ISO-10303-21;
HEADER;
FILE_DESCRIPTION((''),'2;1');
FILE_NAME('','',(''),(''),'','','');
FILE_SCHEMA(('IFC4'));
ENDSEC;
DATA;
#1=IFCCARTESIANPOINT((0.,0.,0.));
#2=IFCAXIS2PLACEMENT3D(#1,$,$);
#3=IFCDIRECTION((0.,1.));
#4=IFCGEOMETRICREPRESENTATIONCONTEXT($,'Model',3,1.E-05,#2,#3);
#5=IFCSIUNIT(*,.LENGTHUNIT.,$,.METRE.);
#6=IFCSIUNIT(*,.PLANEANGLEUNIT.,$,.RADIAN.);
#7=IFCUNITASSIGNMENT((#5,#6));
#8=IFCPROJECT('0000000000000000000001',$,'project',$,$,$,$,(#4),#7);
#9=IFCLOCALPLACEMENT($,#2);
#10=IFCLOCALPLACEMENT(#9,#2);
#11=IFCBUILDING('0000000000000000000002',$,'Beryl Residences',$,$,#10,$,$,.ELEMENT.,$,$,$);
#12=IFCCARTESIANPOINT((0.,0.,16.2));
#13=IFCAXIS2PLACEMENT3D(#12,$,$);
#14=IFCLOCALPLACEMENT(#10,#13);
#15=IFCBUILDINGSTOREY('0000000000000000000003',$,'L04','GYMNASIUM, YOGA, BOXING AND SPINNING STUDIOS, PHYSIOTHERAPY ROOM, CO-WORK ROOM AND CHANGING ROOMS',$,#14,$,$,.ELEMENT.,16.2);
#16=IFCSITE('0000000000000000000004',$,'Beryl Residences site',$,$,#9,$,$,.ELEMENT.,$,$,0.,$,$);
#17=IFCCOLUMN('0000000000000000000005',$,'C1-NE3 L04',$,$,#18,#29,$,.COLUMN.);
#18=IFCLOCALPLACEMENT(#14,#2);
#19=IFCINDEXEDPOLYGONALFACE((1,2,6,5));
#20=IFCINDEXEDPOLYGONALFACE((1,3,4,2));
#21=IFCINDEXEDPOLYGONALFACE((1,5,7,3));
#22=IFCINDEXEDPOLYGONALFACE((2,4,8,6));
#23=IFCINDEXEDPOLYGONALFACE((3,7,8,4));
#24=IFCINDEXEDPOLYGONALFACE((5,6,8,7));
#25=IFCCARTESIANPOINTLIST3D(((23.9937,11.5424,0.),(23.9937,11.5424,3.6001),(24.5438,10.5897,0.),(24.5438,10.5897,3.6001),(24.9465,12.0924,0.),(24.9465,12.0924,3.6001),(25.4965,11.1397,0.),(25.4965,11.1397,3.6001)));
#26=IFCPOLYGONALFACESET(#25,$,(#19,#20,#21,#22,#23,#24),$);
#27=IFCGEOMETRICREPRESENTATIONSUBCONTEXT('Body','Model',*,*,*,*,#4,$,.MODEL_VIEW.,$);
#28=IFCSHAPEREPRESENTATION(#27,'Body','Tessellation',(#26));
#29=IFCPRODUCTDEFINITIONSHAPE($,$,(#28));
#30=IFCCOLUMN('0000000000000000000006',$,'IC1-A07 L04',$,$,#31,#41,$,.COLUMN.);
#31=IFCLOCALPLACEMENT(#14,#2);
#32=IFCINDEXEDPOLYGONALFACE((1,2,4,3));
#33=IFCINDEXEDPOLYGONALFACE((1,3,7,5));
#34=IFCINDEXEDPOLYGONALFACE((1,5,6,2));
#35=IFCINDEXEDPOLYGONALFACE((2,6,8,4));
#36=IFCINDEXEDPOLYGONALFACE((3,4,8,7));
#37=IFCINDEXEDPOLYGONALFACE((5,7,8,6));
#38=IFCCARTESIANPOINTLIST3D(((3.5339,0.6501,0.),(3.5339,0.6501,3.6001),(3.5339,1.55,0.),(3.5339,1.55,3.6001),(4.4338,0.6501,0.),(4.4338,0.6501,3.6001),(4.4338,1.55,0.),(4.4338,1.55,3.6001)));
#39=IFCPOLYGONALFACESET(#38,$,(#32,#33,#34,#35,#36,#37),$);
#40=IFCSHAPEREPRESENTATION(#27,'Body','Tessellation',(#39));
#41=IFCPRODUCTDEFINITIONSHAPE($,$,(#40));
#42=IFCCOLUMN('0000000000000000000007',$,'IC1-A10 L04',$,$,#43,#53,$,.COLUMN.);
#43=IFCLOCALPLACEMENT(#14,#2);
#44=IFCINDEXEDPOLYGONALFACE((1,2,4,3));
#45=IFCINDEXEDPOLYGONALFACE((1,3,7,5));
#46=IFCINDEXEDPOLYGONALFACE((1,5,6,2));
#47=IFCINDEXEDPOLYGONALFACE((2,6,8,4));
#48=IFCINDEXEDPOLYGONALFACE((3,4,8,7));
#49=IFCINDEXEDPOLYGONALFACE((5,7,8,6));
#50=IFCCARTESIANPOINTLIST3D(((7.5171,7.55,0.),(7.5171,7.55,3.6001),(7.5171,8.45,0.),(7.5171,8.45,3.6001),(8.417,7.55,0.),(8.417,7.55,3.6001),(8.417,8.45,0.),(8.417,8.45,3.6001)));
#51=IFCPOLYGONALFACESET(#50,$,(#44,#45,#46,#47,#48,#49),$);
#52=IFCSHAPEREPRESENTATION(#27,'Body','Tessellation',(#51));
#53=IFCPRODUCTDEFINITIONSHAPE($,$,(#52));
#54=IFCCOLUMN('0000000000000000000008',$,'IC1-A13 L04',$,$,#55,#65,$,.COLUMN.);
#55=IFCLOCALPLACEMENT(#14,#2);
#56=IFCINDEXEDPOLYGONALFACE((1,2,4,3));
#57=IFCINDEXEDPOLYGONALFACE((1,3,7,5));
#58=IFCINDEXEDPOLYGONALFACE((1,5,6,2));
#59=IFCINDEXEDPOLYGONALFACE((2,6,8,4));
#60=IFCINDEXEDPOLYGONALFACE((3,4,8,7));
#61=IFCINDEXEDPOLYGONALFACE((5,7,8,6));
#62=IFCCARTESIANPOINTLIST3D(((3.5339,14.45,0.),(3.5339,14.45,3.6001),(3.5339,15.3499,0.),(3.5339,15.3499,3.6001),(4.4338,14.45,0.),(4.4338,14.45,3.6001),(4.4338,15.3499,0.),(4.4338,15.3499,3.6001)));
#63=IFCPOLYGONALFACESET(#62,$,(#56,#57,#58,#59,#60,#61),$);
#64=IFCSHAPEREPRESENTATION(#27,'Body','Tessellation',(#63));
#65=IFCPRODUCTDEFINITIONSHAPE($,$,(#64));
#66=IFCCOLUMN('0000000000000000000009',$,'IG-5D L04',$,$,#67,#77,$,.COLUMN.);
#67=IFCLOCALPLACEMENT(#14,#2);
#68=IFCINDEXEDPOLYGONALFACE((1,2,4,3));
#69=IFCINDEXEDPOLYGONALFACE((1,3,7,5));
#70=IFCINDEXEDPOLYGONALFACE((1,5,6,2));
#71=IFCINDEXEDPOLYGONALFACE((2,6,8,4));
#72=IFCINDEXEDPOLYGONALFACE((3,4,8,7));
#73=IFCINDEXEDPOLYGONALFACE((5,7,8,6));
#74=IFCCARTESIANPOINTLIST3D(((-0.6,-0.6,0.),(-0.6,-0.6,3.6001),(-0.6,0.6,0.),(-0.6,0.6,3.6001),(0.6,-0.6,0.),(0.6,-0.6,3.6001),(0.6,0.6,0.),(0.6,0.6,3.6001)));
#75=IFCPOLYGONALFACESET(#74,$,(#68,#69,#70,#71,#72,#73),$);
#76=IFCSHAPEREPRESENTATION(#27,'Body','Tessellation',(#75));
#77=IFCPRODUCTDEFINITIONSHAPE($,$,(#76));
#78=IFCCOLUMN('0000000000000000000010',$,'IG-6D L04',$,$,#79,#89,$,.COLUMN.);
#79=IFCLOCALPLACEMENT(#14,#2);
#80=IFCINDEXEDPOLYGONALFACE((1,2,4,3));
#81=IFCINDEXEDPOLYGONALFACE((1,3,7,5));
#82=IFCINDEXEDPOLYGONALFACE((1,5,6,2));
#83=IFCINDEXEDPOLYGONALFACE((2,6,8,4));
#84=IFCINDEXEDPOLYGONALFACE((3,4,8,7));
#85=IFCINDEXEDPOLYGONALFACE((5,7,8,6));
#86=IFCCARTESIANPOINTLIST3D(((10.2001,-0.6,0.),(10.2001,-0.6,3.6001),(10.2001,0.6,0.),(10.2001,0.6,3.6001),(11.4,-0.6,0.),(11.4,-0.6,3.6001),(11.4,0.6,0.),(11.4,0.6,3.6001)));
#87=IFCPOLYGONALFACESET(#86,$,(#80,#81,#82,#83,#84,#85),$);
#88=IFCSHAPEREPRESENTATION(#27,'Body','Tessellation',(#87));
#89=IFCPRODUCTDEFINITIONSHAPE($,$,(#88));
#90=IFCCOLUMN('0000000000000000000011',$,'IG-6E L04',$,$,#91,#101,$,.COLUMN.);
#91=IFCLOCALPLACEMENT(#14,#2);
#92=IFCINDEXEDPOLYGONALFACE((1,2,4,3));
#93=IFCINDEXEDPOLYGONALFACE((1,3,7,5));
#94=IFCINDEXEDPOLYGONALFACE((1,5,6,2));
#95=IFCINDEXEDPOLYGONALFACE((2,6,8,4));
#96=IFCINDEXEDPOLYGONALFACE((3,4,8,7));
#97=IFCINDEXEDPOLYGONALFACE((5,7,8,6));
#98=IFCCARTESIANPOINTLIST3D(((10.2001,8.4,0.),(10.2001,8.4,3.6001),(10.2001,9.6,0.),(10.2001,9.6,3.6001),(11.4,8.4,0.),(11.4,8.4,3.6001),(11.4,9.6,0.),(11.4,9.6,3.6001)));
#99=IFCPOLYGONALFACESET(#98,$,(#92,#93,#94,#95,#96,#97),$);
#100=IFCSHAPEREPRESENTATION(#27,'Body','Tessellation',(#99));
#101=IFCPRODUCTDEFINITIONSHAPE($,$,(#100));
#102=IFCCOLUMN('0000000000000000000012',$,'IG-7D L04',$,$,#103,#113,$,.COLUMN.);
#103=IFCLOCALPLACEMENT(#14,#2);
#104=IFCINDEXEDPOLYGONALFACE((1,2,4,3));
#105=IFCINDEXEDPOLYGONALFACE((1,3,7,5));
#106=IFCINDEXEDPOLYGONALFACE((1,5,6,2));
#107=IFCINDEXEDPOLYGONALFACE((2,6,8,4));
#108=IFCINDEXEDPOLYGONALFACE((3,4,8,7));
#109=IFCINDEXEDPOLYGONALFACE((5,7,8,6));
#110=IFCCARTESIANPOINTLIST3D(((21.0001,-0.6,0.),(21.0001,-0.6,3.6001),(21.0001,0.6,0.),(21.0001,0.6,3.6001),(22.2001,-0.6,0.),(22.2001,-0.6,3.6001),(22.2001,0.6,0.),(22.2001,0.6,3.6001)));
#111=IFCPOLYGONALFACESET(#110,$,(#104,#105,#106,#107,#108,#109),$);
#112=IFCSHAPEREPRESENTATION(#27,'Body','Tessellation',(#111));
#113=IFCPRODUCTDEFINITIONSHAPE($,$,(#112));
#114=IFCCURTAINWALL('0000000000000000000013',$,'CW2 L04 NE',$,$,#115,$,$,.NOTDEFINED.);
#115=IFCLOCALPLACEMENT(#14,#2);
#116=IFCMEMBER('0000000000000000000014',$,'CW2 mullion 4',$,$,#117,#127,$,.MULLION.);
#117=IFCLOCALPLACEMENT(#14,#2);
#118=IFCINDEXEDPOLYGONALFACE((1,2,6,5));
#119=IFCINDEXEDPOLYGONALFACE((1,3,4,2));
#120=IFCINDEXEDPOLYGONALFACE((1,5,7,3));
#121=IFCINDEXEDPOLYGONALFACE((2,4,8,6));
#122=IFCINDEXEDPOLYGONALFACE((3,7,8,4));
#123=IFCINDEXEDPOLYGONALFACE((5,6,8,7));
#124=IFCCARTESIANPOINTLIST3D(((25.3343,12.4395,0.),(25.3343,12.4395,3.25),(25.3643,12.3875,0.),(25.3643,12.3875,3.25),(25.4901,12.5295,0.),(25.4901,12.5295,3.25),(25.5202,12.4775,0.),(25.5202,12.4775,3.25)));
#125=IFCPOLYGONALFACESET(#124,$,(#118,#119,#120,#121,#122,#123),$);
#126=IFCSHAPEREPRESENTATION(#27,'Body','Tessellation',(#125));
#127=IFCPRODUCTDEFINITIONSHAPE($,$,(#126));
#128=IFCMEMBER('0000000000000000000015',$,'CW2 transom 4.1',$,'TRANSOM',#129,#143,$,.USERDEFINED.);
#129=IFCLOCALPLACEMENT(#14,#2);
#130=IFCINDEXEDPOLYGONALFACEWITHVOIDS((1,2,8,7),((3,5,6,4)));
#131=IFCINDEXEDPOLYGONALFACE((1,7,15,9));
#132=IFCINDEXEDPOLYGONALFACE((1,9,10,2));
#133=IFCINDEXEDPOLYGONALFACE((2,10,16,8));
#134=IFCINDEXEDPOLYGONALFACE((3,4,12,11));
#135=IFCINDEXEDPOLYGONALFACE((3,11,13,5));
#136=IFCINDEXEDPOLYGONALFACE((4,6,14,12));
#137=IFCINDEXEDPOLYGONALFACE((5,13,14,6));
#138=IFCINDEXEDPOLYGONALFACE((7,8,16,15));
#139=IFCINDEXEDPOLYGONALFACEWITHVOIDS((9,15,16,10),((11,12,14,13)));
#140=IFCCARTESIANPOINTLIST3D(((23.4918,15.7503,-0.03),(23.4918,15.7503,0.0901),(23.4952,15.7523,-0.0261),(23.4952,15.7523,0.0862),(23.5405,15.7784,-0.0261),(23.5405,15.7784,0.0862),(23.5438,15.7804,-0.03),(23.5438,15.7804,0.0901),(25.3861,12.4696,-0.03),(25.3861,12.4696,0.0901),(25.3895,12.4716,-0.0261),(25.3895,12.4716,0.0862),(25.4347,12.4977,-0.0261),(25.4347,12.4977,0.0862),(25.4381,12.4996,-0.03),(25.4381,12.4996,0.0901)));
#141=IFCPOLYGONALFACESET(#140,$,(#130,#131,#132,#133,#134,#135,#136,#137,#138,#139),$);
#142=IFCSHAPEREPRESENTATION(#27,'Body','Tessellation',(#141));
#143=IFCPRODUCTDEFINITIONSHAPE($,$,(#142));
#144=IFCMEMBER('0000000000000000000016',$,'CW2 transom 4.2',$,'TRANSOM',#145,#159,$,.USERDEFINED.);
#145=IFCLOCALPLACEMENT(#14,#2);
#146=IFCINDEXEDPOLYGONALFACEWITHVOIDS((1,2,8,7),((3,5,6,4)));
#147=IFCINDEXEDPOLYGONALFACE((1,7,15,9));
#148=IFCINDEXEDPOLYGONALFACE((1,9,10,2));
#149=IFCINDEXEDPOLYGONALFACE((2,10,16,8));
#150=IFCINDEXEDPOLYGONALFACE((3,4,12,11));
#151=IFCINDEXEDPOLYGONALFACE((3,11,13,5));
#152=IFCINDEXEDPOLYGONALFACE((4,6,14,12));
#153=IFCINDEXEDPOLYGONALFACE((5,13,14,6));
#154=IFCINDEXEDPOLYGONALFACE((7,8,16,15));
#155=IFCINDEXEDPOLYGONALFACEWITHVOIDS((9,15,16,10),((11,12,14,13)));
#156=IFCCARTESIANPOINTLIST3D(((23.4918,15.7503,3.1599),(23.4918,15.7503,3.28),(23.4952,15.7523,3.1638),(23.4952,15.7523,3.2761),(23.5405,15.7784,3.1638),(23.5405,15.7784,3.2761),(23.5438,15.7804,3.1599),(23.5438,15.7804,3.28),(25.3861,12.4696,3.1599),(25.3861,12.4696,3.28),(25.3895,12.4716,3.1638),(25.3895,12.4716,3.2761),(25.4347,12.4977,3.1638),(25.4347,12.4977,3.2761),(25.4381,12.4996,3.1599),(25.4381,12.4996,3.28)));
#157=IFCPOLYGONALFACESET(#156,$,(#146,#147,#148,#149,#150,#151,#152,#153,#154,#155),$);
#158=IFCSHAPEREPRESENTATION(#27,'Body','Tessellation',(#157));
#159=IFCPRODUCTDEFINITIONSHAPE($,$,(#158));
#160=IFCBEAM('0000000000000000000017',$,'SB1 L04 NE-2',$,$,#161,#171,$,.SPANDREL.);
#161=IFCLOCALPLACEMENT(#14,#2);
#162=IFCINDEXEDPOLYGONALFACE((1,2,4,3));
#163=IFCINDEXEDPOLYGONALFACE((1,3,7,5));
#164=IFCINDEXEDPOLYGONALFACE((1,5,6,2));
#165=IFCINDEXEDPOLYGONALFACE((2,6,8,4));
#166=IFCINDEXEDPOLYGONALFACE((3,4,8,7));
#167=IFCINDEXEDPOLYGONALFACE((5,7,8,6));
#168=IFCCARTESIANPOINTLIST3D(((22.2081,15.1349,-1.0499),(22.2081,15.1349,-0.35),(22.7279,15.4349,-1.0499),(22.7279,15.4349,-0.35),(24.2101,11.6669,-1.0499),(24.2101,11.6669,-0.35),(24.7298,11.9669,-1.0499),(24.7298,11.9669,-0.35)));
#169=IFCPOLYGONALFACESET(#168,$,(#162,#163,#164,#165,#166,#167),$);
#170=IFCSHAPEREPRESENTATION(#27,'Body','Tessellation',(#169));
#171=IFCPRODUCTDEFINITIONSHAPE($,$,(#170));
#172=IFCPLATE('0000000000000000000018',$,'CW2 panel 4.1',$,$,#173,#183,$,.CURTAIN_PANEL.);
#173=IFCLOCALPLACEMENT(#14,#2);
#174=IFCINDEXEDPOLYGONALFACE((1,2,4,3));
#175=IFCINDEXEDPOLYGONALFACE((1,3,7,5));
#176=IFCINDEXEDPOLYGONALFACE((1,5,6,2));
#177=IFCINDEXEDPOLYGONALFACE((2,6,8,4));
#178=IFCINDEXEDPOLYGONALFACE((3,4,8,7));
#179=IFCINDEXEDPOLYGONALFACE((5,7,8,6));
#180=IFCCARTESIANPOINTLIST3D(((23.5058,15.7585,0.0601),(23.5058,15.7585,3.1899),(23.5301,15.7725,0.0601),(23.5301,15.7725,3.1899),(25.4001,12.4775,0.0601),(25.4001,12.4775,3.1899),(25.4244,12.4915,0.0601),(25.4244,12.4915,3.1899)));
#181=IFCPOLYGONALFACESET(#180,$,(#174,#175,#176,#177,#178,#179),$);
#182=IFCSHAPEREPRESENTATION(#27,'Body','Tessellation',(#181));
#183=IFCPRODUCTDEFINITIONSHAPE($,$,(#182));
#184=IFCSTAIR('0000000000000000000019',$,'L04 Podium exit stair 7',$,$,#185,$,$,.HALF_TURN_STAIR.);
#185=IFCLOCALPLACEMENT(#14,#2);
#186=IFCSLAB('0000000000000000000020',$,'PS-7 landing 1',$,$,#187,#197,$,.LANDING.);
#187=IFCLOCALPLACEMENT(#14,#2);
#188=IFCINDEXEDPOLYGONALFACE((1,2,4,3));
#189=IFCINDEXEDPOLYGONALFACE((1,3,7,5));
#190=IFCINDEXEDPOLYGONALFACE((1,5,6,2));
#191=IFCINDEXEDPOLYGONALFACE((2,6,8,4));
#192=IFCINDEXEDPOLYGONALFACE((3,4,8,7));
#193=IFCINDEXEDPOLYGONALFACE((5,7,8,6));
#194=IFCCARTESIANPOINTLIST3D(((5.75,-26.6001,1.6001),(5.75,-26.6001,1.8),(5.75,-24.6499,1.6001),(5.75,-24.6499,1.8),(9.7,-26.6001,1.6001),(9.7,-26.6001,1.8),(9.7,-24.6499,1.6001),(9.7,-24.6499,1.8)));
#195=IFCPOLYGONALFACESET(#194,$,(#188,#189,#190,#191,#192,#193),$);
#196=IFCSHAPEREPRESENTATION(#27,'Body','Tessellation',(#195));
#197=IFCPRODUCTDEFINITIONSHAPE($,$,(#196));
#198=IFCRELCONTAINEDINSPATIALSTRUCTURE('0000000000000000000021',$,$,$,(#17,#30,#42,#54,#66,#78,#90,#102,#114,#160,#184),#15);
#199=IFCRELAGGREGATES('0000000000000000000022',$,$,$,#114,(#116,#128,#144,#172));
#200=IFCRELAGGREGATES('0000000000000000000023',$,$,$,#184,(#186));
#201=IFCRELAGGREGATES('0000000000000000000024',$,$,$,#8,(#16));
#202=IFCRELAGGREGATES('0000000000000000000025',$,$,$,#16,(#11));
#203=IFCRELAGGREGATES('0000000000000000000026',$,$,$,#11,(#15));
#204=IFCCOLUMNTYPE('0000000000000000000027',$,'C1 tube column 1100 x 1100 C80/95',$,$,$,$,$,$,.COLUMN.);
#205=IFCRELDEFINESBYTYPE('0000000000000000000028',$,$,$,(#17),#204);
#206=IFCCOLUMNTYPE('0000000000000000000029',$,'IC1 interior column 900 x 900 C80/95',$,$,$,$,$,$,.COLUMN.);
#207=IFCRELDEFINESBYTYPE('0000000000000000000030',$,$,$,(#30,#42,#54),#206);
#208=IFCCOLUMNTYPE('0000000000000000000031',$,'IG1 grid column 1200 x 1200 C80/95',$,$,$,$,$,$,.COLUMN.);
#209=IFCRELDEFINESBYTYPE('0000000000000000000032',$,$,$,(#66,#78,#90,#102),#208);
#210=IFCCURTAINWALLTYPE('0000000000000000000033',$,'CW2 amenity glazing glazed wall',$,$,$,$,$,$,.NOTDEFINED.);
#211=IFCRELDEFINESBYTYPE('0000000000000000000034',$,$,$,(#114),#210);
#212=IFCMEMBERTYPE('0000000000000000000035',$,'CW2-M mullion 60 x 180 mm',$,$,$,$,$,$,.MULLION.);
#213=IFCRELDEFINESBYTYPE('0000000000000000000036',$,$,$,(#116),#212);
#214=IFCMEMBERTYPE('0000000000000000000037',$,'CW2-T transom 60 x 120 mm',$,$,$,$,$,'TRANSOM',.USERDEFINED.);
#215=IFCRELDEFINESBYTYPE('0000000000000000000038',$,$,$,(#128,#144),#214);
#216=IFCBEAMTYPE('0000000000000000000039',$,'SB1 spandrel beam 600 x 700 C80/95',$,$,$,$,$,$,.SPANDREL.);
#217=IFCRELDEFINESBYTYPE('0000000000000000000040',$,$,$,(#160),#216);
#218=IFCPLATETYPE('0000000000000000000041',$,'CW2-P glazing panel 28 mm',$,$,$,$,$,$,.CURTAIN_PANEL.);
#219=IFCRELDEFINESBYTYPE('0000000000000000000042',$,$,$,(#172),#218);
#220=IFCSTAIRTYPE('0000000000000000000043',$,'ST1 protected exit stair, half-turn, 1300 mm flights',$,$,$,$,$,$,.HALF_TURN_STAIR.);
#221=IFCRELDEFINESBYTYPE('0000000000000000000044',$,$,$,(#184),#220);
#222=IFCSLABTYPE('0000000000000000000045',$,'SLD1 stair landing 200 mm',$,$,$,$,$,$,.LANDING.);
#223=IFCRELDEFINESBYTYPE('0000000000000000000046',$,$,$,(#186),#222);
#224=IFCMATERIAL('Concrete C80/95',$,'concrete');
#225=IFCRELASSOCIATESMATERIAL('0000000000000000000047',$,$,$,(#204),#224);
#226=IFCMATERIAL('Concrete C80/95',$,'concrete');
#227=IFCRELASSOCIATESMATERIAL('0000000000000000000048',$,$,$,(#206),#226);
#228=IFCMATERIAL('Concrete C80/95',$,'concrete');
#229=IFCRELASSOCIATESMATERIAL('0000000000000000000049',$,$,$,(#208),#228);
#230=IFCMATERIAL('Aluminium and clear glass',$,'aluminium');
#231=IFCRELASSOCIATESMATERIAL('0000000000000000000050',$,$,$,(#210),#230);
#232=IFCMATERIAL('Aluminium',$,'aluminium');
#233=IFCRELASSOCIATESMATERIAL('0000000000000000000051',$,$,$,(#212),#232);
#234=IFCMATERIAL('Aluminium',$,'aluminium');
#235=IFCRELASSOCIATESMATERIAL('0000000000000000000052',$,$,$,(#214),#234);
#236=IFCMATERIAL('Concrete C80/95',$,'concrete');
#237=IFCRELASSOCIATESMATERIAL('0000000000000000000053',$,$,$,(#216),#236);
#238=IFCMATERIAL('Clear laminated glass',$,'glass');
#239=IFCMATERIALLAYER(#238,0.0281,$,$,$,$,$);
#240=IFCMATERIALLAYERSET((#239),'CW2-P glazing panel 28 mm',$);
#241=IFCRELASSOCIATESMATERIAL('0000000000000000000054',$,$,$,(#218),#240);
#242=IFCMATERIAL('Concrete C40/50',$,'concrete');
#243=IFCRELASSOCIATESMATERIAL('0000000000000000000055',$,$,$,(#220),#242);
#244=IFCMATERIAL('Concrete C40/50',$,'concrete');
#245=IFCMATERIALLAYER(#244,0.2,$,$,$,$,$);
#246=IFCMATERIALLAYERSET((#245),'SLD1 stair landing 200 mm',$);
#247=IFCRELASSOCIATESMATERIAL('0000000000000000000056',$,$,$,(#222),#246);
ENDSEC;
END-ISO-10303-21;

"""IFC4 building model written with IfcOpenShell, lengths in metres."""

from ifc_helpers import new_model, si_unit, direction, frame, origin, origin_2d, place, context, subcontext, project, spatial, polyline, rectangle, hollow_rectangle, outline, extrude, material, layer, layer_set, material_profile, profile_set, type_object, element, aggregate, save


model = new_model("IFC4")

# Units and contexts
model_context = context("Model", 3, precision=1e-05, world=origin(), true_north=direction((0.0, 1.0)))
body_context = subcontext(model_context, "Body", "Model", "MODEL_VIEW")
ifc_project = project(units=[si_unit("LENGTHUNIT", "METRE"), si_unit("PLANEANGLEUNIT", "RADIAN")], contexts=[model_context])

# Site, building, storey
site_placement = place(None, origin())
site = spatial("IfcSite", under=ifc_project, at=site_placement, Name="Beryl Residences site", CompositionType="ELEMENT", RefElevation=0.0)
building_placement = place(site_placement, origin())
building = spatial("IfcBuilding", under=site, at=building_placement, Name="Beryl Residences", CompositionType="ELEMENT")
storey_placement = place(building_placement, frame((0.0, 0.0, 16.2)))
storey = spatial("IfcBuildingStorey", under=building, at=storey_placement, Name="L04", Description="GYMNASIUM, YOGA, BOXING AND SPINNING STUDIOS, PHYSIOTHERAPY ROOM, CO-WORK ROOM AND CHANGING ROOMS", CompositionType="ELEMENT", Elevation=16.2)

# Columns
ifc_material_1 = material(Name="Concrete C80/95", Category="concrete")
ifc_material_profile_1 = material_profile(ifc_material_1, rectangle(XDim=1.1001, YDim=1.1001, at=origin_2d()))
ifc_profile_set_1 = profile_set([ifc_material_profile_1], Name="Concrete C80/95")
column_type_1 = type_object("IfcColumnType", Name="C1 tube column 1100 x 1100 C80/95", PredefinedType="COLUMN", material=ifc_profile_set_1)
column_placement = place(storey_placement, frame((24.7451, 11.3411, 0.0), z_axis=(0.0, 0.0, 1.0), x_axis=(-0.499985, 0.866034, 0.0)))
element("IfcColumn", 1, at=column_placement, inside=storey, type_object=column_type_1, Name="C1-NE3 L04", PredefinedType="COLUMN", context=body_context, shape_type="SweptSolid", body=[
    extrude(rectangle(XDim=1.1001, YDim=1.1001, at=origin_2d()), origin(), (0.0, 0.0, 1.0), 3.6001),
])
ifc_material_2 = material(Name="Concrete C80/95", Category="concrete")
ifc_material_profile_2 = material_profile(ifc_material_2, rectangle(XDim=0.8999, YDim=0.8999, at=origin_2d()))
ifc_profile_set_2 = profile_set([ifc_material_profile_2], Name="Concrete C80/95")
column_type_2 = type_object("IfcColumnType", Name="IC1 interior column 900 x 900 C80/95", PredefinedType="COLUMN", material=ifc_profile_set_2)
for number, where, z_axis, x_axis, name in (
    (2, (3.9839, 1.1001, 0.0), (0.0, 0.0, 1.0), (1.0, 0.0, 0.0), "IC1-A07 L04"),
    (3, (7.967, 8.0, 0.0), (0.0, 0.0, 1.0), (1.0, 0.0, 0.0), "IC1-A10 L04"),
    (4, (3.9839, 14.8999, 0.0), (0.0, 0.0, 1.0), (1.0, 0.0, 0.0), "IC1-A13 L04"),
):
    element("IfcColumn", number, at=place(storey_placement, frame(where, z_axis=z_axis, x_axis=x_axis)), inside=storey, type_object=column_type_2, Name=name, PredefinedType="COLUMN", context=body_context, shape_type="SweptSolid", body=[
        extrude(rectangle(XDim=0.8999, YDim=0.8999, at=origin_2d()), origin(), (0.0, 0.0, 1.0), 3.6001),
    ])
ifc_material_3 = material(Name="Concrete C80/95", Category="concrete")
ifc_material_profile_3 = material_profile(ifc_material_3, rectangle(XDim=1.2, YDim=1.2, at=origin_2d()))
ifc_profile_set_3 = profile_set([ifc_material_profile_3], Name="Concrete C80/95")
column_type_3 = type_object("IfcColumnType", Name="IG1 grid column 1200 x 1200 C80/95", PredefinedType="COLUMN", material=ifc_profile_set_3)
for number, where, z_axis, x_axis, name in (
    (5, (0.0, 0.0, 0.0), (0.0, 0.0, 1.0), (1.0, 0.0, 0.0), "IG-5D L04"),
    (6, (10.8, 0.0, 0.0), (0.0, 0.0, 1.0), (1.0, 0.0, 0.0), "IG-6D L04"),
    (7, (10.8, 9.0, 0.0), (0.0, 0.0, 1.0), (1.0, 0.0, 0.0), "IG-6E L04"),
    (8, (21.6001, 0.0, 0.0), (0.0, 0.0, 1.0), (1.0, 0.0, 0.0), "IG-7D L04"),
):
    element("IfcColumn", number, at=place(storey_placement, frame(where, z_axis=z_axis, x_axis=x_axis)), inside=storey, type_object=column_type_3, Name=name, PredefinedType="COLUMN", context=body_context, shape_type="SweptSolid", body=[
        extrude(rectangle(XDim=1.2, YDim=1.2, at=origin_2d()), origin(), (0.0, 0.0, 1.0), 3.6001),
    ])

# Curtain wall, members
ifc_material_4 = material(Name="Aluminium and clear glass", Category="aluminium")
curtain_wall_type = type_object("IfcCurtainWallType", Name="CW2 amenity glazing glazed wall", PredefinedType="NOTDEFINED", material=ifc_material_4)
curtain_wall_placement = place(storey_placement, origin())
curtain_wall = element("IfcCurtainWall", 9, at=curtain_wall_placement, inside=storey, type_object=curtain_wall_type, Name="CW2 L04 NE", PredefinedType="NOTDEFINED")
ifc_material_5 = material(Name="Aluminium", Category="aluminium")
ifc_material_profile_4 = material_profile(ifc_material_5, rectangle(XDim=0.0601, YDim=0.1799, at=origin_2d()))
ifc_profile_set_4 = profile_set([ifc_material_profile_4], Name="Aluminium")
member_type_1 = type_object("IfcMemberType", Name="CW2-M mullion 60 x 180 mm", PredefinedType="MULLION", material=ifc_profile_set_4)
member_1_placement = place(storey_placement, frame((25.4272, 12.4585, 0.0), z_axis=(0.0, 0.0, 1.0), x_axis=(-0.500012, 0.866019, 0.0)))
member_1 = element("IfcMember", 10, at=member_1_placement, type_object=member_type_1, Name="CW2 mullion 4", PredefinedType="MULLION", context=body_context, shape_type="SweptSolid", body=[
    extrude(rectangle(XDim=0.0601, YDim=0.1799, at=origin_2d()), origin(), (0.0, 0.0, 1.0), 3.25),
])
ifc_material_6 = material(Name="Aluminium", Category="aluminium")
ifc_material_profile_5 = material_profile(ifc_material_6, hollow_rectangle(XDim=0.0601, YDim=0.1201, WallThickness=0.0039, at=origin_2d()))
ifc_profile_set_5 = profile_set([ifc_material_profile_5], Name="Aluminium")
member_type_2 = type_object("IfcMemberType", Name="CW2-T transom 60 x 120 mm", ElementType="TRANSOM", PredefinedType="USERDEFINED", material=ifc_profile_set_5)
member_2_placement = place(storey_placement, frame((25.4121, 12.4846, 0.03), z_axis=(-0.500027, 0.86601, 0.0), x_axis=(-0.86601, -0.500027, 0.0)))
member_2 = element("IfcMember", 11, at=member_2_placement, type_object=member_type_2, Name="CW2 transom 4.1", ObjectType="TRANSOM", PredefinedType="USERDEFINED", context=body_context, shape_type="SweptSolid", body=[
    extrude(hollow_rectangle(XDim=0.0601, YDim=0.1201, WallThickness=0.0039, at=origin_2d()), origin(), (0.0, 0.0, 1.0), 3.7883),
])
member_3_placement = place(storey_placement, frame((25.4121, 12.4846, 3.22), z_axis=(-0.500027, 0.86601, 0.0), x_axis=(-0.86601, -0.500027, 0.0)))
member_3 = element("IfcMember", 12, at=member_3_placement, type_object=member_type_2, Name="CW2 transom 4.2", ObjectType="TRANSOM", PredefinedType="USERDEFINED", context=body_context, shape_type="SweptSolid", body=[
    extrude(hollow_rectangle(XDim=0.0601, YDim=0.1201, WallThickness=0.0039, at=origin_2d()), origin(), (0.0, 0.0, 1.0), 3.7883),
])

# Beam
ifc_material_7 = material(Name="Concrete C80/95", Category="concrete")
ifc_material_profile_6 = material_profile(ifc_material_7, rectangle(XDim=0.6001, YDim=0.7, at=origin_2d()))
ifc_profile_set_6 = profile_set([ifc_material_profile_6], Name="Concrete C80/95")
beam_type = type_object("IfcBeamType", Name="SB1 spandrel beam 600 x 700 C80/95", PredefinedType="SPANDREL", material=ifc_profile_set_6)
beam_placement = place(storey_placement, frame((24.47, 11.8169, -0.7), z_axis=(-0.499942, 0.866059, 0.0), x_axis=(-0.866059, -0.499942, 0.0)))
element("IfcBeam", 13, at=beam_placement, inside=storey, type_object=beam_type, Name="SB1 L04 NE-2", PredefinedType="SPANDREL", context=body_context, shape_type="SweptSolid", body=[
    extrude(rectangle(XDim=0.6001, YDim=0.7, at=origin_2d()), origin(), (0.0, 0.0, 1.0), 4.0044),
])

# Plate
ifc_material_8 = material(Name="Clear laminated glass", Category="glass")
ifc_layer_1 = layer(ifc_material_8, 0.0281)
ifc_layer_set_1 = layer_set([ifc_layer_1], Name="CW2-P glazing panel 28 mm")
plate_type = type_object("IfcPlateType", Name="CW2-P glazing panel 28 mm", PredefinedType="CURTAIN_PANEL", material=ifc_layer_set_1)
plate_placement = place(storey_placement, frame((24.4651, 14.125, 0.0601), z_axis=(0.0, 0.0, 1.0), x_axis=(-0.500012, 0.866019, 0.0)))
plate = element("IfcPlate", 14, at=plate_placement, type_object=plate_type, Name="CW2 panel 4.1", PredefinedType="CURTAIN_PANEL", context=body_context, shape_type="SweptSolid", body=[
    extrude(rectangle(XDim=3.7886, YDim=0.0281, at=origin_2d()), origin(), (0.0, 0.0, 1.0), 3.1299),
])
aggregate(curtain_wall, [member_1, member_2, member_3, plate])

# Stair, slab
ifc_material_9 = material(Name="Concrete C40/50", Category="concrete")
stair_type = type_object("IfcStairType", Name="ST1 protected exit stair, half-turn, 1300 mm flights", PredefinedType="HALF_TURN_STAIR", material=ifc_material_9)
stair_1_placement = place(storey_placement, origin())
stair_1 = element("IfcStair", 15, at=stair_1_placement, inside=storey, type_object=stair_type, Name="L04 Podium exit stair 7", PredefinedType="HALF_TURN_STAIR")
ifc_material_10 = material(Name="Concrete C40/50", Category="concrete")
ifc_layer_2 = layer(ifc_material_10, 0.2)
ifc_layer_set_2 = layer_set([ifc_layer_2], Name="SLD1 stair landing 200 mm")
slab_type_1 = type_object("IfcSlabType", Name="SLD1 stair landing 200 mm", PredefinedType="LANDING", material=ifc_layer_set_2)
slab_1_placement = place(storey_placement, frame((0.0, 0.0, 1.6001)))
slab_1 = element("IfcSlab", 16, at=slab_1_placement, type_object=slab_type_1, Name="PS-7 landing 1", PredefinedType="LANDING", context=body_context, shape_type="SweptSolid", body=[
    extrude(outline(polyline([(5.75, -24.6499), (5.75, -26.6001), (9.7, -26.6001), (9.7, -24.6499), (5.75, -24.6499)])), origin(), (0.0, 0.0, 1.0), 0.2),
])
aggregate(stair_1, [slab_1])

save(model, "model.ifc")
